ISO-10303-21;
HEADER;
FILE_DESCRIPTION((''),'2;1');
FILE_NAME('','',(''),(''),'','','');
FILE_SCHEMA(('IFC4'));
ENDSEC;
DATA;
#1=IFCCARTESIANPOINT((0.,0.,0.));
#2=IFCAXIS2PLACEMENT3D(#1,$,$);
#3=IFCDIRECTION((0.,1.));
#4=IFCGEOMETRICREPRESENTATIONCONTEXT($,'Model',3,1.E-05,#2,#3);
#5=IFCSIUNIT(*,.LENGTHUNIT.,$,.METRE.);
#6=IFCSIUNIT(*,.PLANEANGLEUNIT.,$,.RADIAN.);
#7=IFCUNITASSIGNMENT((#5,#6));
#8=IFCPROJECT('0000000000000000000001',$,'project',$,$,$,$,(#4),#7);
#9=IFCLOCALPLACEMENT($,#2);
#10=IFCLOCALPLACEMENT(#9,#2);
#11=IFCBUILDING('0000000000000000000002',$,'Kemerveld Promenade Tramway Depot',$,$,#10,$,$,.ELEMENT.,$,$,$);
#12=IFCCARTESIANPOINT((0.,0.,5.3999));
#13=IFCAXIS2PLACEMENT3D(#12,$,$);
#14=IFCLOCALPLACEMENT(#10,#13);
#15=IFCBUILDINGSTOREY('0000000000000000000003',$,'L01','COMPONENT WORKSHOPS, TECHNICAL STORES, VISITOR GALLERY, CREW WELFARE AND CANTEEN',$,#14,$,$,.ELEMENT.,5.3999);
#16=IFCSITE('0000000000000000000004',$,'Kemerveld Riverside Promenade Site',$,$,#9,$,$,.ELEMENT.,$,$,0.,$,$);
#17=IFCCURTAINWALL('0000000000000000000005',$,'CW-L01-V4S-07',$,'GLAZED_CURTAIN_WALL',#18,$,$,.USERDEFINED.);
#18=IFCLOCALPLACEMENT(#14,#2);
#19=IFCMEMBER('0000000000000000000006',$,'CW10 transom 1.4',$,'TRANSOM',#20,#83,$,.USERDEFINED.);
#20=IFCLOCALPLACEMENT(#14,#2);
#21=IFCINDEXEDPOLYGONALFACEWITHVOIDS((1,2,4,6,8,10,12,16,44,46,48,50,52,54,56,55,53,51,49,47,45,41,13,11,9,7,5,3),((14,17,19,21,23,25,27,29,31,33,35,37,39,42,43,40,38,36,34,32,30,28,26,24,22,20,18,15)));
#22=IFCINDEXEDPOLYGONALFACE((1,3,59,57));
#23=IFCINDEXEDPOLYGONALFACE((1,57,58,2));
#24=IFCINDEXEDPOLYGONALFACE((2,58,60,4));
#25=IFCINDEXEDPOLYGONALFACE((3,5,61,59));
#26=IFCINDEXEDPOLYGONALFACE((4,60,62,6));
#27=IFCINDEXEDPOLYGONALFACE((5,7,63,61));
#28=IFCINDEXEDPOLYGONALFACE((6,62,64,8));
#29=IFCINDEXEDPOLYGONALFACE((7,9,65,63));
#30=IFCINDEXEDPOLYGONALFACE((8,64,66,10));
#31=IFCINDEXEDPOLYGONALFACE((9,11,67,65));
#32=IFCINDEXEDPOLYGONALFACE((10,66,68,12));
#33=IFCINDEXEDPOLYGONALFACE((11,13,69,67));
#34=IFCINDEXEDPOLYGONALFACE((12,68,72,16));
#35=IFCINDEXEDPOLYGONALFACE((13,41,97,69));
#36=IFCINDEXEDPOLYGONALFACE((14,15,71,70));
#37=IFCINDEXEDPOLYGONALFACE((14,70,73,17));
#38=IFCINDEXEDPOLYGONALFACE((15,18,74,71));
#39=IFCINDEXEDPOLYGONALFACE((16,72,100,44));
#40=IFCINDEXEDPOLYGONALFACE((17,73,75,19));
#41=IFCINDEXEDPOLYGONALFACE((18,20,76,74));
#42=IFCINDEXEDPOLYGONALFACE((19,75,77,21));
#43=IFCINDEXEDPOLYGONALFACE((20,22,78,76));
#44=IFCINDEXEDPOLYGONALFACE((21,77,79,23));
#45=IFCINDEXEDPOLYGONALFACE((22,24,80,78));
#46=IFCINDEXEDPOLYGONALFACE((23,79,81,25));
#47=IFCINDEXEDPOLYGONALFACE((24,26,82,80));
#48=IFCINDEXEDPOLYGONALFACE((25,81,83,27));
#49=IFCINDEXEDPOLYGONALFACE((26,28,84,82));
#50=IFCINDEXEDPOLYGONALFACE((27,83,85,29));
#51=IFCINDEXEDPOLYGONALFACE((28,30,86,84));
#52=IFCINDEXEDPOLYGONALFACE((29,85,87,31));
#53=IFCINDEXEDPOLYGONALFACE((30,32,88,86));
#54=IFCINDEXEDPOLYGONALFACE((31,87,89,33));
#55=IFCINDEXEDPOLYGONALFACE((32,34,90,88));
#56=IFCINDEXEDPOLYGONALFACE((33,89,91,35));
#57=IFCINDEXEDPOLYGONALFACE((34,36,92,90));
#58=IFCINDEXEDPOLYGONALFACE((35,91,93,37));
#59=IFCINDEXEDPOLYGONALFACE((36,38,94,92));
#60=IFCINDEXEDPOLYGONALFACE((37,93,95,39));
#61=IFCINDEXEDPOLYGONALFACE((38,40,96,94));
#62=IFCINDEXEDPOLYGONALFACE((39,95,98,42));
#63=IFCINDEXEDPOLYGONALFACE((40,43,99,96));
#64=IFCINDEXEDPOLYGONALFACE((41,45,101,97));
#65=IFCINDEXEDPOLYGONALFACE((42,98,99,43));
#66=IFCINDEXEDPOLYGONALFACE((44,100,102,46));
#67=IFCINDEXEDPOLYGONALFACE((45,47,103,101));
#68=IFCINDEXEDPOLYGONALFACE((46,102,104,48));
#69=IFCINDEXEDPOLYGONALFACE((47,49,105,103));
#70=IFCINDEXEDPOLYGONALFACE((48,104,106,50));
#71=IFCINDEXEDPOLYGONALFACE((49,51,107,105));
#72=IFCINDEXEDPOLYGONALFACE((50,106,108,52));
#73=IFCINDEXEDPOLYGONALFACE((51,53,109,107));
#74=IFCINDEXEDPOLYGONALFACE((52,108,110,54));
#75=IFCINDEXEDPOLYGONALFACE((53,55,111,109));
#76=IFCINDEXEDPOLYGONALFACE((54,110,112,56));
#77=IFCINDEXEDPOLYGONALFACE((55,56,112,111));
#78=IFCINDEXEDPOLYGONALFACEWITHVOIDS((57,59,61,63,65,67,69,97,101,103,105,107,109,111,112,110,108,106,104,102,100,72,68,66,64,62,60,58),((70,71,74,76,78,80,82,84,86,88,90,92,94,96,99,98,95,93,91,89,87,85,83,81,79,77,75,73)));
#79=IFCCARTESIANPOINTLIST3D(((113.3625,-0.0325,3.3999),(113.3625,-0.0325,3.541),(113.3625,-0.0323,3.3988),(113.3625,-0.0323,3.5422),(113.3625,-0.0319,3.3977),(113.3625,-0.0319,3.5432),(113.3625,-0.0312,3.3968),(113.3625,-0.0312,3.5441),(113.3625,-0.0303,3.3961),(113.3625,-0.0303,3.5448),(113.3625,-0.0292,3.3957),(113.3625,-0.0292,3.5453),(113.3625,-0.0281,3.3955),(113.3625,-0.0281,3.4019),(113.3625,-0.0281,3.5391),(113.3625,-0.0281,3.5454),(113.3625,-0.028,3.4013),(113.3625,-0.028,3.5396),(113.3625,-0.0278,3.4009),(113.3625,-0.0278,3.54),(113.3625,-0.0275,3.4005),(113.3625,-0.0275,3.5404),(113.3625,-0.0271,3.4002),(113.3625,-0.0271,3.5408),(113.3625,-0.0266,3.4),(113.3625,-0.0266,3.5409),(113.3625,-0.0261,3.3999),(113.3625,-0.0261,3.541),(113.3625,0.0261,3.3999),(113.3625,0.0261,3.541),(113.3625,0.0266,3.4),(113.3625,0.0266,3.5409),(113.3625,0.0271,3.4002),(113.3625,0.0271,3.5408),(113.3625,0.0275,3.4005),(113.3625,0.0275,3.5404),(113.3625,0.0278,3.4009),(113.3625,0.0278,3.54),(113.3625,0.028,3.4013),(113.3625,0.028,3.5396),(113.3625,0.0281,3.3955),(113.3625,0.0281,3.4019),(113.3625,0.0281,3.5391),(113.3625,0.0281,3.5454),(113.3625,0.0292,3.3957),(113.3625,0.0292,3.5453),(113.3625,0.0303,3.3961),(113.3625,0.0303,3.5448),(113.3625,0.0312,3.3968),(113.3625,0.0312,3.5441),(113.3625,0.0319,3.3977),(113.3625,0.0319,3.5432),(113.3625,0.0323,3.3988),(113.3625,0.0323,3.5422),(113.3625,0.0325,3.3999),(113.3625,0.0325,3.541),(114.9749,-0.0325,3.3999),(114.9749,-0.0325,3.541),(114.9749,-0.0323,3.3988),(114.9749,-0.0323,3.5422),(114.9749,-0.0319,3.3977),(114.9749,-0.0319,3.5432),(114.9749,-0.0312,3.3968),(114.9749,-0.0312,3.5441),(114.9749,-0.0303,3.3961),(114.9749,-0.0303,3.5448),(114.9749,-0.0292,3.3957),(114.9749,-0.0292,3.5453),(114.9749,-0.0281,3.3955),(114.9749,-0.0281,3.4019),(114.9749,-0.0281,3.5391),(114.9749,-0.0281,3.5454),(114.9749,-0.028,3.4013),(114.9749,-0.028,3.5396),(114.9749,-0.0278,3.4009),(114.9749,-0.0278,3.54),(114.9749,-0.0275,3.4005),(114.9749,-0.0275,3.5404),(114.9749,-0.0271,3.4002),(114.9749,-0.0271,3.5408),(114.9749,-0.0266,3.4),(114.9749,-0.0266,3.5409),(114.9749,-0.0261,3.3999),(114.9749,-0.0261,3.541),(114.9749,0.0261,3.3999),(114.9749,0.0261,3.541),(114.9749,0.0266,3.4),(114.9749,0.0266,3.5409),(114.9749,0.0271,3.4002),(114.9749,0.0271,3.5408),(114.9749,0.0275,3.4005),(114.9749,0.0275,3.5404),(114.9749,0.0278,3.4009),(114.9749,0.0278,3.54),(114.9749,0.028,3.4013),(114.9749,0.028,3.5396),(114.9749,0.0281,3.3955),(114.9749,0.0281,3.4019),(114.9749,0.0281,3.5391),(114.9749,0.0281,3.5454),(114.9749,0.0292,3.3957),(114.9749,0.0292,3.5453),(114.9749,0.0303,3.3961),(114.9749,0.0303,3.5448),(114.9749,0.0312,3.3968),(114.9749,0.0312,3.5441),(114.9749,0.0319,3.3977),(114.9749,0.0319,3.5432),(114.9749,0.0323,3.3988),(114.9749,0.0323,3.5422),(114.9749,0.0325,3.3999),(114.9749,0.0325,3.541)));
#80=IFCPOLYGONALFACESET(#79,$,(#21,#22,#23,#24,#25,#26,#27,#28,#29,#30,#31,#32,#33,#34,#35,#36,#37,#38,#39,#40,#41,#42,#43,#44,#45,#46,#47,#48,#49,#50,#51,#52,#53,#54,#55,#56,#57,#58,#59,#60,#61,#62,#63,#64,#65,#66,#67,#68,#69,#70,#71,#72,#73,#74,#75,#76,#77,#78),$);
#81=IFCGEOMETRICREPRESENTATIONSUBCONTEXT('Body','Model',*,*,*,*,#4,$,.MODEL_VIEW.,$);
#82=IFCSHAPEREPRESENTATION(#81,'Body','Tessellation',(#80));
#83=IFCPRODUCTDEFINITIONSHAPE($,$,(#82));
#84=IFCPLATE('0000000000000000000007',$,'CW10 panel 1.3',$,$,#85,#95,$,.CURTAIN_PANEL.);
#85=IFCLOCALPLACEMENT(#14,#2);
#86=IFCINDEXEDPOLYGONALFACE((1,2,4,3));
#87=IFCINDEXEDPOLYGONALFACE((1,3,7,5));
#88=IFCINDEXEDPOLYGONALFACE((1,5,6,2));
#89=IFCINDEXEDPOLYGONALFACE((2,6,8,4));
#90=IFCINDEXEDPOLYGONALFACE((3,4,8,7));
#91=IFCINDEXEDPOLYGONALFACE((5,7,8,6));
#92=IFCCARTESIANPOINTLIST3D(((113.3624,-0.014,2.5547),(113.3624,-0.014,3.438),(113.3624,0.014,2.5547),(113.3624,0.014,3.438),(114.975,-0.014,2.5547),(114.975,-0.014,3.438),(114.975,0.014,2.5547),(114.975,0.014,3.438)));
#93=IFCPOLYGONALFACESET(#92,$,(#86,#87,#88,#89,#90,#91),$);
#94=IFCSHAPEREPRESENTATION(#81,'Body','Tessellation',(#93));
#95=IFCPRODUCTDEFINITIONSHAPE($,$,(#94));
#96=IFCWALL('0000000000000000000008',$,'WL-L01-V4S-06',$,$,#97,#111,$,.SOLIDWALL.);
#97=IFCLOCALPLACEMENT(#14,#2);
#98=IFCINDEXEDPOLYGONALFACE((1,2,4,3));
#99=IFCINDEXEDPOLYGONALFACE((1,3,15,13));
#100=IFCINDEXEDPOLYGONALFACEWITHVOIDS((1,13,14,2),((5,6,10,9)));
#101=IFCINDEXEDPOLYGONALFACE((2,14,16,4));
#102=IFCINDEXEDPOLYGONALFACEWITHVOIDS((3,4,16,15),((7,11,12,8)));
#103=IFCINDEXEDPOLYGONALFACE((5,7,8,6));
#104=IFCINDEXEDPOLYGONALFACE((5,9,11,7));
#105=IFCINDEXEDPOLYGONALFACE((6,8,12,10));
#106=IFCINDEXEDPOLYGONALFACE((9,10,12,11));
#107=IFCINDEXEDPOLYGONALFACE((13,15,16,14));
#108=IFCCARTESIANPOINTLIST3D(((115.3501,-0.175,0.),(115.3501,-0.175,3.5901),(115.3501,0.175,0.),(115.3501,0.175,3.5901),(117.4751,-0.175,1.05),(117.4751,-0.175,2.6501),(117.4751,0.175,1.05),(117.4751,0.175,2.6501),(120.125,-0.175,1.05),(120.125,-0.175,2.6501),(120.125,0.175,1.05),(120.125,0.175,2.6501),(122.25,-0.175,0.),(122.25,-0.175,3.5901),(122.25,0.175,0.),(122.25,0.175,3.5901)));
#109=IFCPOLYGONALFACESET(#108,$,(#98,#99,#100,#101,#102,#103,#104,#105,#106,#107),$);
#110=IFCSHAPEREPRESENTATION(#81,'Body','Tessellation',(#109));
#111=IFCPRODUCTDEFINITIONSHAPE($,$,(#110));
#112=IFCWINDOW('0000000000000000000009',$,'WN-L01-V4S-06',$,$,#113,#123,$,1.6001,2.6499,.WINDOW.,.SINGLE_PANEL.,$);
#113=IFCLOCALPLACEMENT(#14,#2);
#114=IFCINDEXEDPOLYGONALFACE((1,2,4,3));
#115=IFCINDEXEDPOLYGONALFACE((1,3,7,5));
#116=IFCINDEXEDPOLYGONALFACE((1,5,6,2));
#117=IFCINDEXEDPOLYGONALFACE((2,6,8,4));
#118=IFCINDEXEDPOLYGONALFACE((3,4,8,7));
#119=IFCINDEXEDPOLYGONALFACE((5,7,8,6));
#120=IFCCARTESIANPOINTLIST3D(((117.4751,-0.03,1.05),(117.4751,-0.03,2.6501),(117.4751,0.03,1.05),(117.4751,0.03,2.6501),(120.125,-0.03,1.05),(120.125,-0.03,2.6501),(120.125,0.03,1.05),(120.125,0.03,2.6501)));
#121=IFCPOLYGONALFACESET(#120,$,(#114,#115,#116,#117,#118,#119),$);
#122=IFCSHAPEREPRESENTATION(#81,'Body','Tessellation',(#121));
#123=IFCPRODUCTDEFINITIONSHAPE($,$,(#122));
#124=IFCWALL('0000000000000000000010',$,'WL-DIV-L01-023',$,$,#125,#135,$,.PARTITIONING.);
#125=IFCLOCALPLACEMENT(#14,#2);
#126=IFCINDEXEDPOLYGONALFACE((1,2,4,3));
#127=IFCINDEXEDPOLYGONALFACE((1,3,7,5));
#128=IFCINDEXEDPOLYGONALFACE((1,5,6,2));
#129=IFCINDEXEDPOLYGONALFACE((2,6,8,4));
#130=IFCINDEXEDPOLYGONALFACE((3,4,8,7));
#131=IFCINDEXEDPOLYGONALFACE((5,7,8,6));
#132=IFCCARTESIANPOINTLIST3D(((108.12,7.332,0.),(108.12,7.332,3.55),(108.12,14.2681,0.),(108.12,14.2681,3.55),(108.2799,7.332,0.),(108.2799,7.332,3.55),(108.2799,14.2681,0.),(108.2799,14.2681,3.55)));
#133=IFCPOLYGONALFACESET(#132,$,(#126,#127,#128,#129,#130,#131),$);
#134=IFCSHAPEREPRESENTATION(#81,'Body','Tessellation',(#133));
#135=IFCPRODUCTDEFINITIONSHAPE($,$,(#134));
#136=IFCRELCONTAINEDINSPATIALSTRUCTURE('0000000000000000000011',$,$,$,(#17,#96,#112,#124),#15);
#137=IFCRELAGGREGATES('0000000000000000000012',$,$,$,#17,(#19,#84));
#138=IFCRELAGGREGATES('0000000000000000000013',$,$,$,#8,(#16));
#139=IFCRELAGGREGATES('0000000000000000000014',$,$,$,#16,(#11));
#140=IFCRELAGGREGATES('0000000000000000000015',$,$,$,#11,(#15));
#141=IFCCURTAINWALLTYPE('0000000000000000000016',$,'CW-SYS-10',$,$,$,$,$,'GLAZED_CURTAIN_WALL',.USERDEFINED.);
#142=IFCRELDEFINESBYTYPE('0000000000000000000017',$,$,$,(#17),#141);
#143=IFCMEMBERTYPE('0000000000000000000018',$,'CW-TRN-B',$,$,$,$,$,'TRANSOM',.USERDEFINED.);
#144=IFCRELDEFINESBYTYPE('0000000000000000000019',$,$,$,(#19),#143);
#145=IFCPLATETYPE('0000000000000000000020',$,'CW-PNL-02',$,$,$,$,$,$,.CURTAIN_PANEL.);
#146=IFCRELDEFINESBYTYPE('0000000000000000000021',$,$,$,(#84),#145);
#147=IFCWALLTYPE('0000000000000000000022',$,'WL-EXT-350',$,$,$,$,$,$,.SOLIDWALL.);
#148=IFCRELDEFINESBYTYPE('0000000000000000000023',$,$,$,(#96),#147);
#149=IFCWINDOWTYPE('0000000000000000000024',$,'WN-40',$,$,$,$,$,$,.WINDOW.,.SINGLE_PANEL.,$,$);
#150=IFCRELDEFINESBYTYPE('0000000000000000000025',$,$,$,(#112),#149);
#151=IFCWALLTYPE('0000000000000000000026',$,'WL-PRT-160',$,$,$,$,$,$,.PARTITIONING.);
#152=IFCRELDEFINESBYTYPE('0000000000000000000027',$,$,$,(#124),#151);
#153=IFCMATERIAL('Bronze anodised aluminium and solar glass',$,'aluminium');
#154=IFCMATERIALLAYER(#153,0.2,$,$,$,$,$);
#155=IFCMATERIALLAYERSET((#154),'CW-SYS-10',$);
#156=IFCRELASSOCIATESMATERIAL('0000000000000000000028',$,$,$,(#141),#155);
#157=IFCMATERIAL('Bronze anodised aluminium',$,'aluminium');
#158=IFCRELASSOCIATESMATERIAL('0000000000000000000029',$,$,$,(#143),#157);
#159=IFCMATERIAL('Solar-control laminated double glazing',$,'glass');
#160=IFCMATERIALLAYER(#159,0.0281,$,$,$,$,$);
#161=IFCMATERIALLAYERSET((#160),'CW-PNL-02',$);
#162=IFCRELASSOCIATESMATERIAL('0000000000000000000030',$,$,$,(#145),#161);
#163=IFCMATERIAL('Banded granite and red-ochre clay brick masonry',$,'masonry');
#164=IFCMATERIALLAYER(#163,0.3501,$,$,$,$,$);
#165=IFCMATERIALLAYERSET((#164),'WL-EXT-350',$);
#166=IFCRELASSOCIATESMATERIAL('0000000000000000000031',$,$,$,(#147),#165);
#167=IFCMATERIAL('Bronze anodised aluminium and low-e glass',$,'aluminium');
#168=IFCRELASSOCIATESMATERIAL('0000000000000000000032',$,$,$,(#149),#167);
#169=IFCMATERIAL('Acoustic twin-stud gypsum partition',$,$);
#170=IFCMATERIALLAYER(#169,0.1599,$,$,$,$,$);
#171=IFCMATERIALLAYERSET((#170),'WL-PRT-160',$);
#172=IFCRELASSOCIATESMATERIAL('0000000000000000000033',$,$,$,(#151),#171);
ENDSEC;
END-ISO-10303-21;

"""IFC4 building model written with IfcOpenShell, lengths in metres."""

from ifc_helpers import new_model, si_unit, direction, frame, frame_2d, origin, origin_2d, place, context, subcontext, project, spatial, rectangle, hollow_rectangle, extrude, material, layer, layer_set, material_profile, profile_set, type_object, element, fill, aggregate, save


model = new_model("IFC4")

# Units and contexts
model_context = context("Model", 3, precision=1e-05, world=origin(), true_north=direction((0.0, 1.0)))
body_context = subcontext(model_context, "Body", "Model", "MODEL_VIEW")
ifc_project = project(units=[si_unit("LENGTHUNIT", "METRE"), si_unit("PLANEANGLEUNIT", "RADIAN")], contexts=[model_context])

# Site, building, storey
site_placement = place(None, origin())
site = spatial("IfcSite", under=ifc_project, at=site_placement, Name="Kemerveld Riverside Promenade Site", CompositionType="ELEMENT", RefElevation=0.0)
building_placement = place(site_placement, origin())
building = spatial("IfcBuilding", under=site, at=building_placement, Name="Kemerveld Promenade Tramway Depot", CompositionType="ELEMENT")
storey_placement = place(building_placement, frame((0.0, 0.0, 5.3999)))
storey = spatial("IfcBuildingStorey", under=building, at=storey_placement, Name="L01", Description="COMPONENT WORKSHOPS, TECHNICAL STORES, VISITOR GALLERY, CREW WELFARE AND CANTEEN", CompositionType="ELEMENT", Elevation=5.3999)

# Curtain wall, member, plate
ifc_material_1 = material(Name="Bronze anodised aluminium and solar glass", Category="aluminium")
ifc_layer_1 = layer(ifc_material_1, 0.2)
ifc_layer_set_1 = layer_set([ifc_layer_1], Name="CW-SYS-10")
curtain_wall_type = type_object("IfcCurtainWallType", Name="CW-SYS-10", ElementType="GLAZED_CURTAIN_WALL", PredefinedType="USERDEFINED", material=ifc_layer_set_1)
curtain_wall_placement = place(storey_placement, origin())
curtain_wall = element("IfcCurtainWall", 1, at=curtain_wall_placement, inside=storey, type_object=curtain_wall_type, Name="CW-L01-V4S-07", ObjectType="GLAZED_CURTAIN_WALL", PredefinedType="USERDEFINED")
ifc_material_2 = material(Name="Bronze anodised aluminium", Category="aluminium")
ifc_material_profile_1 = material_profile(ifc_material_2, hollow_rectangle(XDim=0.0649, YDim=0.1499, WallThickness=0.0044, InnerFilletRadius=0.002, OuterFilletRadius=0.0044, at=origin_2d()), Name="CW-TRN-150x65")
ifc_profile_set_1 = profile_set([ifc_material_profile_1], Name="Bronze anodised aluminium")
member_type_1 = type_object("IfcMemberType", Name="CW-TRN-B", ElementType="TRANSOM", PredefinedType="USERDEFINED", material=ifc_profile_set_1)
member_1_placement = place(storey_placement, frame((114.9749, 0.0, 3.4705), z_axis=(-1.0, 0.0, 0.0), x_axis=(0.0, -1.0, 0.0)))
member_1 = element("IfcMember", 2, at=member_1_placement, type_object=member_type_1, Name="CW10 transom 1.4", ObjectType="TRANSOM", PredefinedType="USERDEFINED", context=body_context, shape_type="SweptSolid", body=[
    extrude(hollow_rectangle(XDim=0.0649, YDim=0.1499, WallThickness=0.0044, InnerFilletRadius=0.002, OuterFilletRadius=0.0044, at=origin_2d()), origin(), (0.0, 0.0, 1.0), 1.6123),
])
ifc_material_3 = material(Name="Solar-control laminated double glazing", Category="glass")
ifc_layer_2 = layer(ifc_material_3, 0.0281)
ifc_layer_set_2 = layer_set([ifc_layer_2], Name="CW-PNL-02")
plate_type = type_object("IfcPlateType", Name="CW-PNL-02", PredefinedType="CURTAIN_PANEL", material=ifc_layer_set_2)
plate_placement = place(storey_placement, frame((114.1687, 0.0, 2.5547), z_axis=(0.0, 0.0, 1.0), x_axis=(-1.0, 0.0, 0.0)))
plate = element("IfcPlate", 3, at=plate_placement, type_object=plate_type, Name="CW10 panel 1.3", PredefinedType="CURTAIN_PANEL", context=body_context, shape_type="SweptSolid", body=[
    extrude(rectangle(XDim=1.6125, YDim=0.0281, at=origin_2d()), origin(), (0.0, 0.0, 1.0), 0.8833),
])
aggregate(curtain_wall, [member_1, plate])

# Wall, opening, window
ifc_material_4 = material(Name="Banded granite and red-ochre clay brick masonry", Category="masonry")
ifc_layer_3 = layer(ifc_material_4, 0.3501)
ifc_layer_set_3 = layer_set([ifc_layer_3], Name="WL-EXT-350")
wall_type_1 = type_object("IfcWallType", Name="WL-EXT-350", PredefinedType="SOLIDWALL", material=ifc_layer_set_3)
wall_1_placement = place(storey_placement, frame((122.25, 0.0, 0.0), z_axis=(0.0, 0.0, 1.0), x_axis=(-1.0, 0.0, 0.0)))
wall_1 = element("IfcWall", 4, at=wall_1_placement, inside=storey, type_object=wall_type_1, Name="WL-L01-V4S-06", PredefinedType="SOLIDWALL", context=body_context, shape_type="SweptSolid", body=[
    extrude(rectangle(XDim=6.8999, YDim=0.3501, at=frame_2d((3.45, 0.0))), origin(), (0.0, 0.0, 1.0), 3.5901),
])
opening_placement = place(wall_1_placement, frame((2.125, 0.0, 1.05)))
opening = element("IfcOpeningElement", 5, at=opening_placement, cuts=wall_1, PredefinedType="OPENING", context=body_context, shape_type="SweptSolid", body=[
    extrude(rectangle(XDim=2.6499, YDim=1.6001, at=frame_2d((1.325, 0.8))), frame((0.0, 0.1851, 0.0), z_axis=(0.0, -1.0, 0.0), x_axis=(1.0, 0.0, 0.0)), (0.0, 0.0, 1.0), 0.3701),
])
ifc_material_5 = material(Name="Bronze anodised aluminium and low-e glass", Category="aluminium")
window_type = type_object("IfcWindowType", Name="WN-40", PartitioningType="SINGLE_PANEL", PredefinedType="WINDOW", material=ifc_material_5)
window_placement = place(opening_placement, origin())
window = element("IfcWindow", 6, at=window_placement, inside=storey, type_object=window_type, Name="WN-L01-V4S-06", OverallHeight=1.6001, OverallWidth=2.6499, PartitioningType="SINGLE_PANEL", PredefinedType="WINDOW", context=body_context, shape_type="SweptSolid", body=[
    extrude(rectangle(XDim=2.6499, YDim=1.6001, at=frame_2d((1.325, 0.8))), frame((0.0, 0.03, 0.0), z_axis=(0.0, -1.0, 0.0), x_axis=(1.0, 0.0, 0.0)), (0.0, 0.0, 1.0), 0.0601),
])
fill(opening, window)

# Wall
ifc_material_6 = material(Name="Acoustic twin-stud gypsum partition")
ifc_layer_4 = layer(ifc_material_6, 0.1599)
ifc_layer_set_4 = layer_set([ifc_layer_4], Name="WL-PRT-160")
wall_type_2 = type_object("IfcWallType", Name="WL-PRT-160", PredefinedType="PARTITIONING", material=ifc_layer_set_4)
wall_2_placement = place(storey_placement, frame((108.2, 7.332, 0.0), z_axis=(0.0, 0.0, 1.0), x_axis=(0.0, 1.0, 0.0)))
element("IfcWall", 7, at=wall_2_placement, inside=storey, type_object=wall_type_2, Name="WL-DIV-L01-023", PredefinedType="PARTITIONING", context=body_context, shape_type="SweptSolid", body=[
    extrude(rectangle(XDim=6.936, YDim=0.1599, at=frame_2d((3.468, 0.0))), origin(), (0.0, 0.0, 1.0), 3.55),
])

save(model, "model.ifc")
